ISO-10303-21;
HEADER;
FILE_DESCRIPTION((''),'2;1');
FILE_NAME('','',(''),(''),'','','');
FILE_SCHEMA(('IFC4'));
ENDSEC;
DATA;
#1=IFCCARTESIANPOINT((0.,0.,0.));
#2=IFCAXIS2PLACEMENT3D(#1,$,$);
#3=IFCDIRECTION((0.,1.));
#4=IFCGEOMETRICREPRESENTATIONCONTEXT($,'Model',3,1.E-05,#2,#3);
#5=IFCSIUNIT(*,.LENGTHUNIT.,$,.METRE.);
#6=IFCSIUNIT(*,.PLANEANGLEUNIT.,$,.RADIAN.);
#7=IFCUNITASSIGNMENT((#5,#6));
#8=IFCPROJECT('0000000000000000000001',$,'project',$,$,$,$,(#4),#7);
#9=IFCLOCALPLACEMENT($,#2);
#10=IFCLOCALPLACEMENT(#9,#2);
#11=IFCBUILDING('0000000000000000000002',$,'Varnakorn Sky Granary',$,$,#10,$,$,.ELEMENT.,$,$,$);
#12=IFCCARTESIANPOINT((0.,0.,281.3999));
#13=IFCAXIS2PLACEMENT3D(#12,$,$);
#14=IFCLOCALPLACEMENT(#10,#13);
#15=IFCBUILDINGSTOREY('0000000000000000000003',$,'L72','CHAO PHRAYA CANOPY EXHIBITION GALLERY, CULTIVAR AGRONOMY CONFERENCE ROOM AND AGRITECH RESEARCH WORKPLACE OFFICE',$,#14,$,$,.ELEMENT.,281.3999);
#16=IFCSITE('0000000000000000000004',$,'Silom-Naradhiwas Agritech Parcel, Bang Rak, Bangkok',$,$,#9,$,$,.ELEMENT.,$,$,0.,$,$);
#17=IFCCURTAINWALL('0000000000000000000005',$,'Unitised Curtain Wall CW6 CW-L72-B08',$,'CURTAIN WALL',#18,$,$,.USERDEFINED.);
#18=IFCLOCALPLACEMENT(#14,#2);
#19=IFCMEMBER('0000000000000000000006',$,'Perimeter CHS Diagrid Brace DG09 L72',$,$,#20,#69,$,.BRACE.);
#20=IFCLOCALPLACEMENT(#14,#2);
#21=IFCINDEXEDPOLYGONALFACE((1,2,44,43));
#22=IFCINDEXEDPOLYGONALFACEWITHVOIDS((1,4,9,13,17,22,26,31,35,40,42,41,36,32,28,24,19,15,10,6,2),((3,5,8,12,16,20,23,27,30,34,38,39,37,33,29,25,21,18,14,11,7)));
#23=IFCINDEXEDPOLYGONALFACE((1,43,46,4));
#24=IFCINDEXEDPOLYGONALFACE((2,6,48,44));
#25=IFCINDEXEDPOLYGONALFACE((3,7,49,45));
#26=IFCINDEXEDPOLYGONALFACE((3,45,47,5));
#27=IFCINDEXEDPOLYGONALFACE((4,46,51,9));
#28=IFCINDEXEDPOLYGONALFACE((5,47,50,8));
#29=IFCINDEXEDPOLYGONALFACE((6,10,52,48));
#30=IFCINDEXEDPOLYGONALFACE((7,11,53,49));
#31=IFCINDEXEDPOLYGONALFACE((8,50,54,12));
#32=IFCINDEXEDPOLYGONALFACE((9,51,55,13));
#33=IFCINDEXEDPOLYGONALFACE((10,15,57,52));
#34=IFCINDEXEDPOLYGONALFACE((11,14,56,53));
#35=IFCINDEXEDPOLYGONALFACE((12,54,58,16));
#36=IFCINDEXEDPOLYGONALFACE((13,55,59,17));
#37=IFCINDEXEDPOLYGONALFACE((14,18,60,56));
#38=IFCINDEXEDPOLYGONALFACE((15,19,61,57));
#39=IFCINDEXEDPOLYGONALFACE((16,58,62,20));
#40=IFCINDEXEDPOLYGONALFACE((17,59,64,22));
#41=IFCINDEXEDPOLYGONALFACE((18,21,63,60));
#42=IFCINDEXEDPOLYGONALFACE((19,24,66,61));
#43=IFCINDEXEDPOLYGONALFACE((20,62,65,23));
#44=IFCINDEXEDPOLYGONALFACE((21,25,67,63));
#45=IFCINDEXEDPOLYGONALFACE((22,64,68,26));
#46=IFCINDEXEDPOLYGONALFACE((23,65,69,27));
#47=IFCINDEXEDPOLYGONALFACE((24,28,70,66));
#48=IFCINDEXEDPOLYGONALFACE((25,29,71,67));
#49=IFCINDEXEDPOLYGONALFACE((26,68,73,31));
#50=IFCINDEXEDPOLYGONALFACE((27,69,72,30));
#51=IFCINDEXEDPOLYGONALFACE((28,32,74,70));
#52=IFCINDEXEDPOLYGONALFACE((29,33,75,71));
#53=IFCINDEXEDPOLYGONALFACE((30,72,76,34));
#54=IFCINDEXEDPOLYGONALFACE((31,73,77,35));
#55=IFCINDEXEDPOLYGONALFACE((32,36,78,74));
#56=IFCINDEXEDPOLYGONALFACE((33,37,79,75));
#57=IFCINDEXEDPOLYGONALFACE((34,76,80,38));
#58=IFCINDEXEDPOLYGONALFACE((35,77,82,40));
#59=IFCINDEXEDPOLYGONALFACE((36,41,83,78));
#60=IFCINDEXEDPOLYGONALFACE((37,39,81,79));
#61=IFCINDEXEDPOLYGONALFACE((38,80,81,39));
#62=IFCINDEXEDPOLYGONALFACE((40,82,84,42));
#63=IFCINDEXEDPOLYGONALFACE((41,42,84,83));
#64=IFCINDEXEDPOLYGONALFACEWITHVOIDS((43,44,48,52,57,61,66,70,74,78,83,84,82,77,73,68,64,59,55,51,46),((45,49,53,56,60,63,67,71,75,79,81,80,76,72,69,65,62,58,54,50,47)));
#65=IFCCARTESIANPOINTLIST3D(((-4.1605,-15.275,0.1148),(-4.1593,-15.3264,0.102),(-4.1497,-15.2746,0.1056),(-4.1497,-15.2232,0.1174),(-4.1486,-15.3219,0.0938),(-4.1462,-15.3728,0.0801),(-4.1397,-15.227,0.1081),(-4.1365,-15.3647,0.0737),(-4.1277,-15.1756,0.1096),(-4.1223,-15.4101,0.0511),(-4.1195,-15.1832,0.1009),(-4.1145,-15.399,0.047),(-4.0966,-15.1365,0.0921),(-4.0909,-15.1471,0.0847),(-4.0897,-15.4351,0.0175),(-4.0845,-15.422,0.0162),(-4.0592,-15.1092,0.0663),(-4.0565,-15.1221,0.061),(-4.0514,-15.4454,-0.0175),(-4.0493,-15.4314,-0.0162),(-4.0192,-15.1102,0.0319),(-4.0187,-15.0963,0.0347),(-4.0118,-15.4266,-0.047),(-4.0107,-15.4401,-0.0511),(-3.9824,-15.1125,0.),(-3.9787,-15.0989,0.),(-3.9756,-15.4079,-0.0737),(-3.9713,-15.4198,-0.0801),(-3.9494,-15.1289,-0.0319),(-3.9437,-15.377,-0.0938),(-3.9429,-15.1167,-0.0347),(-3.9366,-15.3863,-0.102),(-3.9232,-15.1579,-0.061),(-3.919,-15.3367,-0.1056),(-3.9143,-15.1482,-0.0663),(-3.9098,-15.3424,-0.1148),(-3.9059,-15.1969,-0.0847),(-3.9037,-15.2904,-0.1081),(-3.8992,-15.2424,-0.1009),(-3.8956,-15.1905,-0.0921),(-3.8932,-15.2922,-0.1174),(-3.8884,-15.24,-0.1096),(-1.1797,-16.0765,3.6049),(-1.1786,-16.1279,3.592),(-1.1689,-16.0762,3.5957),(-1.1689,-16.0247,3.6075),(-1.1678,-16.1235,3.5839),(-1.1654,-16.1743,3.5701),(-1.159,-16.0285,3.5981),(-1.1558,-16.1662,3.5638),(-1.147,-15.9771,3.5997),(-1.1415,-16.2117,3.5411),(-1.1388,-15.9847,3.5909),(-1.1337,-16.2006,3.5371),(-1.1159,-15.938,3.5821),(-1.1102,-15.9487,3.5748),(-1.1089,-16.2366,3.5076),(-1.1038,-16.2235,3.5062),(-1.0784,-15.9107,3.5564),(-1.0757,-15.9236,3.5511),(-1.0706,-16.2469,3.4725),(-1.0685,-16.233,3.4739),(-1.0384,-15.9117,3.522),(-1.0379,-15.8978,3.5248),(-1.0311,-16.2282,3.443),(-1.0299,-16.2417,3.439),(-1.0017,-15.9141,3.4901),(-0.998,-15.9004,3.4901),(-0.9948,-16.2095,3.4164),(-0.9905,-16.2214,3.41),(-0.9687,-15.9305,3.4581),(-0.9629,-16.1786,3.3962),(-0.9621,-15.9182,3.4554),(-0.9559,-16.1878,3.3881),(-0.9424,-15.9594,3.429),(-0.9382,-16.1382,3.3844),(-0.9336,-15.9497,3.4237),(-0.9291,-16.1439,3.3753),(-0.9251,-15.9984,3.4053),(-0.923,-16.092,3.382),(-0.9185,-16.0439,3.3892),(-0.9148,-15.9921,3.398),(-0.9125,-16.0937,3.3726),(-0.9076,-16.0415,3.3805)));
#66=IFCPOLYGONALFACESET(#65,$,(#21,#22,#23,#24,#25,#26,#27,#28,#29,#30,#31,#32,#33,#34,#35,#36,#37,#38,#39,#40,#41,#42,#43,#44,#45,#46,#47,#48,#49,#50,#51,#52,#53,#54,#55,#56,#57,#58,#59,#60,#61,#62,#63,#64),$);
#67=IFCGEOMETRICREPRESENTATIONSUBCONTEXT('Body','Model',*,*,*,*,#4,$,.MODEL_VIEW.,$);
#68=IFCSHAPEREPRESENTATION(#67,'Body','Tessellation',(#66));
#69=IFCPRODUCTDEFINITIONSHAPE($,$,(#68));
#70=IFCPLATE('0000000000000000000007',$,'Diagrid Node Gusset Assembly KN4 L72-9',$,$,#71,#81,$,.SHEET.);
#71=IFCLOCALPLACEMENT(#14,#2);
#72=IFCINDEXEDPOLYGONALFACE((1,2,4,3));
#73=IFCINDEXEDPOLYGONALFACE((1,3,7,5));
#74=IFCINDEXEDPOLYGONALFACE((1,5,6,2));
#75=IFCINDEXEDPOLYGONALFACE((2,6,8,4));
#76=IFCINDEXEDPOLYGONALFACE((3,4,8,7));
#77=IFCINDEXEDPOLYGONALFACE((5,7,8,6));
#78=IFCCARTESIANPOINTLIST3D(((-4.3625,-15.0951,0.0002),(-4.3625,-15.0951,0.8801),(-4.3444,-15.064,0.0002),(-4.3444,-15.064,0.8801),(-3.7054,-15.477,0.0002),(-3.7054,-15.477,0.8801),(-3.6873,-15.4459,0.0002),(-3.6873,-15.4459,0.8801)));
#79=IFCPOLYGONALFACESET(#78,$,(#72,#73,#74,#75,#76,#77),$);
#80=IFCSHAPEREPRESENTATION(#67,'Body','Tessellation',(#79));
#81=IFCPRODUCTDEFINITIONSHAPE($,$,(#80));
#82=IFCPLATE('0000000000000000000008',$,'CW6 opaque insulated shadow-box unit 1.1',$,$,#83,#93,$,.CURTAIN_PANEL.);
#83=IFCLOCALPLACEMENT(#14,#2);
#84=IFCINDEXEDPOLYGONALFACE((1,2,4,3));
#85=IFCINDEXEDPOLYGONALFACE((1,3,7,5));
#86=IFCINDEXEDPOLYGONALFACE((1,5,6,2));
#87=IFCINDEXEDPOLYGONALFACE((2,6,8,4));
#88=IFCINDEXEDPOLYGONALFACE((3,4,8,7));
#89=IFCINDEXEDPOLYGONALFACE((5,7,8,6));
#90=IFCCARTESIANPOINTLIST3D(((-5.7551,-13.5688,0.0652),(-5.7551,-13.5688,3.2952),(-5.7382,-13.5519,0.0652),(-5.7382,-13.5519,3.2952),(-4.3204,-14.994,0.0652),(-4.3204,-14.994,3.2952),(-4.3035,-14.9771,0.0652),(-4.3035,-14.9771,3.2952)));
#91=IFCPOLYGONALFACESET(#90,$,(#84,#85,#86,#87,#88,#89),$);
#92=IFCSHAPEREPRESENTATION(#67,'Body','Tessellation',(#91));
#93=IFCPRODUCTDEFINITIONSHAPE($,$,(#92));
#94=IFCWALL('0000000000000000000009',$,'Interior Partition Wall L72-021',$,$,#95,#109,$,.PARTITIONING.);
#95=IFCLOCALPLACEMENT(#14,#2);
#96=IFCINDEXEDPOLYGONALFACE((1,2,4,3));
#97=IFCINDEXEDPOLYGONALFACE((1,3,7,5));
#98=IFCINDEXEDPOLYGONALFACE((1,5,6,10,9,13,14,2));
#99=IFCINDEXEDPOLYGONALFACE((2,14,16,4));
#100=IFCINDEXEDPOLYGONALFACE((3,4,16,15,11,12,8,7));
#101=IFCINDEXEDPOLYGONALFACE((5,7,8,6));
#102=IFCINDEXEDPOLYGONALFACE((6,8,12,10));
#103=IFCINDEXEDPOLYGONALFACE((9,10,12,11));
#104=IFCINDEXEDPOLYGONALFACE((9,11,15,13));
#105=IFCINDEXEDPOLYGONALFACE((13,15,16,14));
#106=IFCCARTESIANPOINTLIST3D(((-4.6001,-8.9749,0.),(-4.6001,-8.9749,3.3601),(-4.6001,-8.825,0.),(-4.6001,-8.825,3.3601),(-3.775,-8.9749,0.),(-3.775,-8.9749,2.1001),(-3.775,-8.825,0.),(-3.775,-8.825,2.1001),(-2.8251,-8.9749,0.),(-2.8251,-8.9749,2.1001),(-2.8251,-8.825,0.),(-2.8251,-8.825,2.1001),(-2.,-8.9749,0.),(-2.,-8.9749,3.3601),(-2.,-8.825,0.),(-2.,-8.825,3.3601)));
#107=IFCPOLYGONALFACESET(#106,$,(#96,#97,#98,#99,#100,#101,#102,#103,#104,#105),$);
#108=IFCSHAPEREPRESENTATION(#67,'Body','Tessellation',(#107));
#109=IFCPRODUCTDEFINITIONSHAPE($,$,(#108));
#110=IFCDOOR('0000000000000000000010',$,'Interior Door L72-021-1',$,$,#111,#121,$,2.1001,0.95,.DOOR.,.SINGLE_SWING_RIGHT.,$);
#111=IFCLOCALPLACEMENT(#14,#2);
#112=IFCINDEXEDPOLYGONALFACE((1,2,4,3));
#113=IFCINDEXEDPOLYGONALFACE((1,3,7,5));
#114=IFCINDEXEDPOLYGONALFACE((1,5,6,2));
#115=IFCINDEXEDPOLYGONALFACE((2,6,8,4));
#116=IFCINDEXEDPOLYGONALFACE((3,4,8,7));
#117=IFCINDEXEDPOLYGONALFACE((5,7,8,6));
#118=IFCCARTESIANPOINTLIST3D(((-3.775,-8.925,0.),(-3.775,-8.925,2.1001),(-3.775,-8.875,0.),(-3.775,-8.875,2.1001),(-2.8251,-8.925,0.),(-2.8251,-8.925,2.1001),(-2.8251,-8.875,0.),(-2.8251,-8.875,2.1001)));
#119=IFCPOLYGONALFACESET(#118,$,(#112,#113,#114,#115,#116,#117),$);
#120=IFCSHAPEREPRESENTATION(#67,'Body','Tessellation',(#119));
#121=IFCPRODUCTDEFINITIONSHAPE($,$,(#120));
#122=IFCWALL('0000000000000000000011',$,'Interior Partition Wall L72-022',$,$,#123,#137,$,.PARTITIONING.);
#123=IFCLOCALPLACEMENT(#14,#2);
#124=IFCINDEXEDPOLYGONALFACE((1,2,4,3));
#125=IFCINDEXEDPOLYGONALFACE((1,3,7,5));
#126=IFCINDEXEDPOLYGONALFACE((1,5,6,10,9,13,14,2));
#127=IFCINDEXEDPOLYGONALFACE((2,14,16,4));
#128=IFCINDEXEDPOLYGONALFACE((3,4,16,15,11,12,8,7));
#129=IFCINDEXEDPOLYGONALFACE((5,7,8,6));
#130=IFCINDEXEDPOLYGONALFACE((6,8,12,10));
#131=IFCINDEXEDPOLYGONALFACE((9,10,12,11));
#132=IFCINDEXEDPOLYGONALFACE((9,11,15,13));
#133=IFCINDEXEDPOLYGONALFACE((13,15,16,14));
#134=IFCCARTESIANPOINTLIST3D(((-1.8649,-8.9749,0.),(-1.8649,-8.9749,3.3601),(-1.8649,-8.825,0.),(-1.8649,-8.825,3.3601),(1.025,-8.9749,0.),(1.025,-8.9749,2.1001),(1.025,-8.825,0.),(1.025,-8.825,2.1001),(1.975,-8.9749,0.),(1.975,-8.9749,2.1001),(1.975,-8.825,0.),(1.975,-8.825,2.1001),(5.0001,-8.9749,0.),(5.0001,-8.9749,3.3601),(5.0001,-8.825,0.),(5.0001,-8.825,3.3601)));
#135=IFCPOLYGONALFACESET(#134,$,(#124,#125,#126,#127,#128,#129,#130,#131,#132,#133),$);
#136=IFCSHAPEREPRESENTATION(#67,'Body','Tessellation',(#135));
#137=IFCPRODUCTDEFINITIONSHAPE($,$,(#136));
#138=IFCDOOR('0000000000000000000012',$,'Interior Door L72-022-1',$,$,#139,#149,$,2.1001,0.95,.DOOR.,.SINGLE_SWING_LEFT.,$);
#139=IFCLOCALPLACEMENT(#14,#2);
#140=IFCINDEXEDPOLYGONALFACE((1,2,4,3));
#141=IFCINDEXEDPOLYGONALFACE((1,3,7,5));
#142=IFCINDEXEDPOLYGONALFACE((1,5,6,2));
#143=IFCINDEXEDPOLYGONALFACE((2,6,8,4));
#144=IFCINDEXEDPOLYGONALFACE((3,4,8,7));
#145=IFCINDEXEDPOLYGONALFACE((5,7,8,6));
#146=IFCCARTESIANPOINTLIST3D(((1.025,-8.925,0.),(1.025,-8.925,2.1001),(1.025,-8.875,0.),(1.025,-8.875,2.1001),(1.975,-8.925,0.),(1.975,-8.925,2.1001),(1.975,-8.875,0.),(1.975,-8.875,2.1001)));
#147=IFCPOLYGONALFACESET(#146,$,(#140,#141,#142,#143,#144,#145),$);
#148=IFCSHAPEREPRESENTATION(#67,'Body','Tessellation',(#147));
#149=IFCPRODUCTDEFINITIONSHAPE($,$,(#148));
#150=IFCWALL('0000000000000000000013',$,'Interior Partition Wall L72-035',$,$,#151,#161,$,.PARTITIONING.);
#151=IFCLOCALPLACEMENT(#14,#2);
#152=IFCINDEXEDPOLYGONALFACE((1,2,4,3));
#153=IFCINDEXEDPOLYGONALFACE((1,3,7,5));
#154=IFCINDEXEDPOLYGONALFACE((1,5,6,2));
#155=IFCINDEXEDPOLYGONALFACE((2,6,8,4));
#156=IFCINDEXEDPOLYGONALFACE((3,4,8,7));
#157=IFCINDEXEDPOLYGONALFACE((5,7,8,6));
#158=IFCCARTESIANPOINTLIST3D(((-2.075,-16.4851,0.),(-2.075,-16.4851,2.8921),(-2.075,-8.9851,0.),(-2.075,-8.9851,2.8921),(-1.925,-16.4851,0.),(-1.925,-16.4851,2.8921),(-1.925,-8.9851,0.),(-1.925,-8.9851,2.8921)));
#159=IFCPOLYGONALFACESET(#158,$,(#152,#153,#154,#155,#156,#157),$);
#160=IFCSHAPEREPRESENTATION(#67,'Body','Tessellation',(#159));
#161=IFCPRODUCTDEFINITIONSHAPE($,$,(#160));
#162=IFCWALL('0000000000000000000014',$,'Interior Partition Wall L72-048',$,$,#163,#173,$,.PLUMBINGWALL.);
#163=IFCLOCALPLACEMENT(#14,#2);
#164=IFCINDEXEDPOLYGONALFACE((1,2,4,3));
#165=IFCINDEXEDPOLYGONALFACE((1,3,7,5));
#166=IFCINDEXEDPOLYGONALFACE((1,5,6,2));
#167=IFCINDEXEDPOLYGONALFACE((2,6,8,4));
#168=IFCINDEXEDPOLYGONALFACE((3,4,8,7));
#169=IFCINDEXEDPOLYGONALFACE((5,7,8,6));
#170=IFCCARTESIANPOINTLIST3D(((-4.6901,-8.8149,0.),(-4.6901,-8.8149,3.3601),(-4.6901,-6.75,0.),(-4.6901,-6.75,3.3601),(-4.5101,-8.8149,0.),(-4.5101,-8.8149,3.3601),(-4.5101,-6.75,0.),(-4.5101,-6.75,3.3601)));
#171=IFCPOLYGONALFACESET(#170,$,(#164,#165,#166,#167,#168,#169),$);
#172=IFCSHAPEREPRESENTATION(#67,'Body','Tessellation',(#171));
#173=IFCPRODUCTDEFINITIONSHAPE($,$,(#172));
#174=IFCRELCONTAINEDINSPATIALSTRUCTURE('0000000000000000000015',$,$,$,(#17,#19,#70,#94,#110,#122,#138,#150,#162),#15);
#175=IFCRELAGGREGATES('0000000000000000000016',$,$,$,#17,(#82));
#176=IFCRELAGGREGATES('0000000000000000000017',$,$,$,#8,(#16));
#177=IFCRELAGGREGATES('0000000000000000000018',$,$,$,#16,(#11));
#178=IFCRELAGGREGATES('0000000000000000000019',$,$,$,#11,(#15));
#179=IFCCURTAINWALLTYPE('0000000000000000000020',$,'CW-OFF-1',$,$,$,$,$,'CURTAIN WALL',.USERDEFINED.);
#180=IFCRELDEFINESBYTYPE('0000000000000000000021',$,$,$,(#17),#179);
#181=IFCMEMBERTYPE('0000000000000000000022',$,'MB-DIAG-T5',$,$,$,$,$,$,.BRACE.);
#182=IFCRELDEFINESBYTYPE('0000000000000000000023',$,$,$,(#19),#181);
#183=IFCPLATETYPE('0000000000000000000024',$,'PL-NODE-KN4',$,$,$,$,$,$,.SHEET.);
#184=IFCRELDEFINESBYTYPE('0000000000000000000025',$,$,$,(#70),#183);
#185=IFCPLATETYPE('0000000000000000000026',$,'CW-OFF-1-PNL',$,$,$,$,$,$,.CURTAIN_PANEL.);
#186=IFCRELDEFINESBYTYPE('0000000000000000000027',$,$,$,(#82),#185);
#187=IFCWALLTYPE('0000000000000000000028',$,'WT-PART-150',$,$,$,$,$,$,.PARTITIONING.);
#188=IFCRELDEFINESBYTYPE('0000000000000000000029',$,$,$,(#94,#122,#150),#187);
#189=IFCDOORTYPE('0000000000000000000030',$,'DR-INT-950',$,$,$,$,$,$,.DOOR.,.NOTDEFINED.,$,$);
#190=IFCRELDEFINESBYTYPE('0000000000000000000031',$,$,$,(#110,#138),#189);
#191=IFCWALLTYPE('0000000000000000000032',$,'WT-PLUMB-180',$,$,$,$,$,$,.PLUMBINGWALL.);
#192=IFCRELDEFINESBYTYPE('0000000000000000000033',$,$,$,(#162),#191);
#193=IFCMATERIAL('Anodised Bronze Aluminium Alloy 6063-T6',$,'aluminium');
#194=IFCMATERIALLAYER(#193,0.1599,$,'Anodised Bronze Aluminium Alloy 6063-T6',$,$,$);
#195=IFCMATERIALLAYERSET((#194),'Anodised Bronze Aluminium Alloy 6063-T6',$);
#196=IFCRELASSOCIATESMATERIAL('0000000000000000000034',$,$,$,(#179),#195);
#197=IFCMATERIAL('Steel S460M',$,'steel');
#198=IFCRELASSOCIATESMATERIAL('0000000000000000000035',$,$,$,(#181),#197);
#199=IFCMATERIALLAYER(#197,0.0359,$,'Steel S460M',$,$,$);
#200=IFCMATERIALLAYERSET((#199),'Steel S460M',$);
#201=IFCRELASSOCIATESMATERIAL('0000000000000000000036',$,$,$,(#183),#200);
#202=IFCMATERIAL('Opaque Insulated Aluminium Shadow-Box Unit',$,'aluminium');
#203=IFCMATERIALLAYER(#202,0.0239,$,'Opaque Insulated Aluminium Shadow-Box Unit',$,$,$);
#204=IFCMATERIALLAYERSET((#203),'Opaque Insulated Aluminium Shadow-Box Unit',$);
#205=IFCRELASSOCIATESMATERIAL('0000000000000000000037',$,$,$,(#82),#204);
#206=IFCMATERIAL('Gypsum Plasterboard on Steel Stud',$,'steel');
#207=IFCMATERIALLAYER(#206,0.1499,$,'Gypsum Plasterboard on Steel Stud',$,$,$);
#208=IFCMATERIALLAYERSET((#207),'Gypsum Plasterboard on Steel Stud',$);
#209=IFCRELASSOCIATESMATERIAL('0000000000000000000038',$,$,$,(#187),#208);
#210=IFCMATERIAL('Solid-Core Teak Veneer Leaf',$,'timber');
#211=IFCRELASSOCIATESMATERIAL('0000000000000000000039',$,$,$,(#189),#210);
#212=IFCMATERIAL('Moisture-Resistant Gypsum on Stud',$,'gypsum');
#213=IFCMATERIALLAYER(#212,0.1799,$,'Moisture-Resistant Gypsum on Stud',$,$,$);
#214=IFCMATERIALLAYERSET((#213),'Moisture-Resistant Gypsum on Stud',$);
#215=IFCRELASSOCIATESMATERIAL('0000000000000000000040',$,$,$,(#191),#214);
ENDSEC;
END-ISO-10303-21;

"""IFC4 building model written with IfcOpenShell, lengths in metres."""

from ifc_helpers import new_model, si_unit, direction, frame, frame_2d, origin, origin_2d, place, context, subcontext, project, spatial, rectangle, hollow_circle, extrude, source, transform, mapped, material, layer, layer_set, material_profile, profile_set, type_object, type_shapes, element, fill, aggregate, save


model = new_model("IFC4")

# Units and contexts
model_context = context("Model", 3, precision=1e-05, world=origin(), true_north=direction((0.0, 1.0)))
body_context = subcontext(model_context, "Body", "Model", "MODEL_VIEW")
ifc_project = project(units=[si_unit("LENGTHUNIT", "METRE"), si_unit("PLANEANGLEUNIT", "RADIAN")], contexts=[model_context])

# Site, building, storey
site_placement = place(None, origin())
site = spatial("IfcSite", under=ifc_project, at=site_placement, Name="Silom-Naradhiwas Agritech Parcel, Bang Rak, Bangkok", CompositionType="ELEMENT", RefElevation=0.0)
building_placement = place(site_placement, origin())
building = spatial("IfcBuilding", under=site, at=building_placement, Name="Varnakorn Sky Granary", CompositionType="ELEMENT")
storey_placement = place(building_placement, frame((0.0, 0.0, 281.3999)))
storey = spatial("IfcBuildingStorey", under=building, at=storey_placement, Name="L72", Description="CHAO PHRAYA CANOPY EXHIBITION GALLERY, CULTIVAR AGRONOMY CONFERENCE ROOM AND AGRITECH RESEARCH WORKPLACE OFFICE", CompositionType="ELEMENT", Elevation=281.3999)

# Shared definitions
ifc_material_1 = material(Name="Steel S460M", Category="steel")

# Curtain wall
ifc_material_2 = material(Name="Anodised Bronze Aluminium Alloy 6063-T6", Category="aluminium")
ifc_layer_1 = layer(ifc_material_2, 0.1599, Name="Anodised Bronze Aluminium Alloy 6063-T6")
ifc_layer_set_1 = layer_set([ifc_layer_1], Name="Anodised Bronze Aluminium Alloy 6063-T6")
curtain_wall_type = type_object("IfcCurtainWallType", Name="CW-OFF-1", ElementType="CURTAIN WALL", PredefinedType="USERDEFINED", material=ifc_layer_set_1)
curtain_wall_placement = place(storey_placement, origin())
curtain_wall = element("IfcCurtainWall", 1, at=curtain_wall_placement, inside=storey, type_object=curtain_wall_type, Name="Unitised Curtain Wall CW6 CW-L72-B08", ObjectType="CURTAIN WALL", PredefinedType="USERDEFINED")

# Member
ifc_material_profile_1 = material_profile(ifc_material_1, hollow_circle(Radius=0.1777, WallThickness=0.0142, at=origin_2d()), Name="CHS 355.6x14")
ifc_profile_set_1 = profile_set([ifc_material_profile_1], Name="Steel S460M")
member_type_1 = type_object("IfcMemberType", Name="MB-DIAG-T5", PredefinedType="BRACE", material=ifc_profile_set_1)
member_1_placement = place(storey_placement, frame((-4.0249, -15.2705, 0.0), z_axis=(0.639763, -0.172032, 0.749071), x_axis=(0.259676, 0.965696, 0.0)))
element("IfcMember", 2, at=member_1_placement, inside=storey, type_object=member_type_1, Name="Perimeter CHS Diagrid Brace DG09 L72", PredefinedType="BRACE", context=body_context, shape_type="SweptSolid", body=[
    extrude(hollow_circle(Radius=0.1777, WallThickness=0.0142, at=origin_2d()), origin(), (0.0, 0.0, 1.0), 4.6592),
])

# Plates
ifc_layer_2 = layer(ifc_material_1, 0.0359, Name="Steel S460M")
ifc_layer_set_2 = layer_set([ifc_layer_2], Name="Steel S460M")
plate_type_1 = type_object("IfcPlateType", Name="PL-NODE-KN4", PredefinedType="SHEET", material=ifc_layer_set_2)
plate_1_placement = place(storey_placement, frame((-4.0249, -15.2705, 0.0002), z_axis=(0.0, 0.0, 1.0), x_axis=(0.864587, -0.502483, 0.0)))
element("IfcPlate", 3, at=plate_1_placement, inside=storey, type_object=plate_type_1, Name="Diagrid Node Gusset Assembly KN4 L72-9", PredefinedType="SHEET", context=body_context, shape_type="SweptSolid", body=[
    extrude(rectangle(XDim=0.76, YDim=0.0359, at=origin_2d()), origin(), (0.0, 0.0, 1.0), 0.8799),
])
ifc_material_3 = material(Name="Opaque Insulated Aluminium Shadow-Box Unit", Category="aluminium")
ifc_layer_3 = layer(ifc_material_3, 0.0239, Name="Opaque Insulated Aluminium Shadow-Box Unit")
ifc_layer_set_3 = layer_set([ifc_layer_3], Name="Opaque Insulated Aluminium Shadow-Box Unit")
plate_type_2 = type_object("IfcPlateType", Name="CW-OFF-1-PNL", PredefinedType="CURTAIN_PANEL")
shared_shape_1 = source(origin(), body_context, "Body", "SweptSolid", [
    extrude(rectangle(XDim=2.0222, YDim=0.0239, at=origin_2d()), origin(), (0.0, 0.0, 1.0), 3.23),
])
type_shapes(plate_type_2, [shared_shape_1])
plate_2_placement = place(storey_placement, frame((-5.0293, -14.2729, 0.0652), z_axis=(0.0, 0.0, 1.0), x_axis=(-0.709444, 0.704762, 0.0)))
plate_2 = element("IfcPlate", 4, at=plate_2_placement, type_object=plate_type_2, material=ifc_layer_set_3, Name="CW6 opaque insulated shadow-box unit 1.1", PredefinedType="CURTAIN_PANEL", context=body_context, shape_type="MappedRepresentation", body=[
    mapped(shared_shape_1, transform((0.0, 0.0, 0.0), x_axis=(1.0, 0.0, 0.0), y_axis=(0.0, 1.0, 0.0), z_axis=(0.0, 0.0, 1.0), scale=1.0)),
])
aggregate(curtain_wall, [plate_2])

# Walls, openings, doors
ifc_material_4 = material(Name="Gypsum Plasterboard on Steel Stud", Category="steel")
ifc_layer_4 = layer(ifc_material_4, 0.1499, Name="Gypsum Plasterboard on Steel Stud")
ifc_layer_set_4 = layer_set([ifc_layer_4], Name="Gypsum Plasterboard on Steel Stud")
wall_type_1 = type_object("IfcWallType", Name="WT-PART-150", PredefinedType="PARTITIONING", material=ifc_layer_set_4)
wall_1_placement = place(storey_placement, frame((-4.6001, -8.8999, 0.0), z_axis=(0.0, 0.0, 1.0), x_axis=(1.0, 0.0, 0.0)))
wall_1 = element("IfcWall", 5, at=wall_1_placement, inside=storey, type_object=wall_type_1, Name="Interior Partition Wall L72-021", PredefinedType="PARTITIONING", context=body_context, shape_type="SweptSolid", body=[
    extrude(rectangle(XDim=2.6001, YDim=0.1499, at=frame_2d((1.3, 0.0))), origin(), (0.0, 0.0, 1.0), 3.3601),
])
opening_1_placement = place(wall_1_placement, frame((0.825, 0.0, 0.0)))
opening_1 = element("IfcOpeningElement", 6, at=opening_1_placement, cuts=wall_1, PredefinedType="OPENING", context=body_context, shape_type="SweptSolid", body=[
    extrude(rectangle(XDim=0.95, YDim=2.1001, at=frame_2d((0.4751, 1.05))), frame((0.0, 0.085, 0.0), z_axis=(0.0, -1.0, 0.0), x_axis=(1.0, 0.0, 0.0)), (0.0, 0.0, 1.0), 0.1699),
])
ifc_material_5 = material(Name="Solid-Core Teak Veneer Leaf", Category="timber")
door_type = type_object("IfcDoorType", Name="DR-INT-950", OperationType="NOTDEFINED", PredefinedType="DOOR", material=ifc_material_5)
door_1_placement = place(opening_1_placement, origin())
door_1 = element("IfcDoor", 7, at=door_1_placement, inside=storey, type_object=door_type, Name="Interior Door L72-021-1", OperationType="SINGLE_SWING_RIGHT", OverallHeight=2.1001, OverallWidth=0.95, PredefinedType="DOOR", context=body_context, shape_type="SweptSolid", body=[
    extrude(rectangle(XDim=0.95, YDim=2.1001, at=frame_2d((0.4751, 1.05))), frame((0.0, 0.0249, 0.0), z_axis=(0.0, -1.0, 0.0), x_axis=(1.0, 0.0, 0.0)), (0.0, 0.0, 1.0), 0.05),
])
fill(opening_1, door_1)
wall_2_placement = place(storey_placement, frame((-1.865, -8.8999, 0.0), z_axis=(0.0, 0.0, 1.0), x_axis=(1.0, 0.0, 0.0)))
wall_2 = element("IfcWall", 8, at=wall_2_placement, inside=storey, type_object=wall_type_1, Name="Interior Partition Wall L72-022", PredefinedType="PARTITIONING", context=body_context, shape_type="SweptSolid", body=[
    extrude(rectangle(XDim=6.865, YDim=0.1499, at=frame_2d((3.4326, 0.0))), origin(), (0.0, 0.0, 1.0), 3.3601),
])
opening_2_placement = place(wall_2_placement, frame((2.8899, 0.0, 0.0)))
opening_2 = element("IfcOpeningElement", 9, at=opening_2_placement, cuts=wall_2, PredefinedType="OPENING", context=body_context, shape_type="SweptSolid", body=[
    extrude(rectangle(XDim=0.95, YDim=2.1001, at=frame_2d((0.4751, 1.05))), frame((0.0, 0.085, 0.0), z_axis=(0.0, -1.0, 0.0), x_axis=(1.0, 0.0, 0.0)), (0.0, 0.0, 1.0), 0.1699),
])
door_2_placement = place(opening_2_placement, origin())
door_2 = element("IfcDoor", 10, at=door_2_placement, inside=storey, type_object=door_type, Name="Interior Door L72-022-1", OperationType="SINGLE_SWING_LEFT", OverallHeight=2.1001, OverallWidth=0.95, PredefinedType="DOOR", context=body_context, shape_type="SweptSolid", body=[
    extrude(rectangle(XDim=0.95, YDim=2.1001, at=frame_2d((0.4751, 1.05))), frame((0.0, 0.0249, 0.0), z_axis=(0.0, -1.0, 0.0), x_axis=(1.0, 0.0, 0.0)), (0.0, 0.0, 1.0), 0.05),
])
fill(opening_2, door_2)

# Walls
wall_3_placement = place(storey_placement, frame((-2.0, -8.9851, 0.0), z_axis=(0.0, 0.0, 1.0), x_axis=(0.0, -1.0, 0.0)))
element("IfcWall", 11, at=wall_3_placement, inside=storey, type_object=wall_type_1, Name="Interior Partition Wall L72-035", PredefinedType="PARTITIONING", context=body_context, shape_type="SweptSolid", body=[
    extrude(rectangle(XDim=7.5, YDim=0.1499, at=frame_2d((3.75, 0.0))), origin(), (0.0, 0.0, 1.0), 2.8921),
])
ifc_material_6 = material(Name="Moisture-Resistant Gypsum on Stud", Category="gypsum")
ifc_layer_5 = layer(ifc_material_6, 0.1799, Name="Moisture-Resistant Gypsum on Stud")
ifc_layer_set_5 = layer_set([ifc_layer_5], Name="Moisture-Resistant Gypsum on Stud")
wall_type_2 = type_object("IfcWallType", Name="WT-PLUMB-180", PredefinedType="PLUMBINGWALL", material=ifc_layer_set_5)
wall_4_placement = place(storey_placement, frame((-4.6001, -6.75, 0.0), z_axis=(0.0, 0.0, 1.0), x_axis=(0.0, -1.0, 0.0)))
element("IfcWall", 12, at=wall_4_placement, inside=storey, type_object=wall_type_2, Name="Interior Partition Wall L72-048", PredefinedType="PLUMBINGWALL", context=body_context, shape_type="SweptSolid", body=[
    extrude(rectangle(XDim=2.0649, YDim=0.1799, at=frame_2d((1.0325, 0.0))), origin(), (0.0, 0.0, 1.0), 3.3601),
])

save(model, "model.ifc")
